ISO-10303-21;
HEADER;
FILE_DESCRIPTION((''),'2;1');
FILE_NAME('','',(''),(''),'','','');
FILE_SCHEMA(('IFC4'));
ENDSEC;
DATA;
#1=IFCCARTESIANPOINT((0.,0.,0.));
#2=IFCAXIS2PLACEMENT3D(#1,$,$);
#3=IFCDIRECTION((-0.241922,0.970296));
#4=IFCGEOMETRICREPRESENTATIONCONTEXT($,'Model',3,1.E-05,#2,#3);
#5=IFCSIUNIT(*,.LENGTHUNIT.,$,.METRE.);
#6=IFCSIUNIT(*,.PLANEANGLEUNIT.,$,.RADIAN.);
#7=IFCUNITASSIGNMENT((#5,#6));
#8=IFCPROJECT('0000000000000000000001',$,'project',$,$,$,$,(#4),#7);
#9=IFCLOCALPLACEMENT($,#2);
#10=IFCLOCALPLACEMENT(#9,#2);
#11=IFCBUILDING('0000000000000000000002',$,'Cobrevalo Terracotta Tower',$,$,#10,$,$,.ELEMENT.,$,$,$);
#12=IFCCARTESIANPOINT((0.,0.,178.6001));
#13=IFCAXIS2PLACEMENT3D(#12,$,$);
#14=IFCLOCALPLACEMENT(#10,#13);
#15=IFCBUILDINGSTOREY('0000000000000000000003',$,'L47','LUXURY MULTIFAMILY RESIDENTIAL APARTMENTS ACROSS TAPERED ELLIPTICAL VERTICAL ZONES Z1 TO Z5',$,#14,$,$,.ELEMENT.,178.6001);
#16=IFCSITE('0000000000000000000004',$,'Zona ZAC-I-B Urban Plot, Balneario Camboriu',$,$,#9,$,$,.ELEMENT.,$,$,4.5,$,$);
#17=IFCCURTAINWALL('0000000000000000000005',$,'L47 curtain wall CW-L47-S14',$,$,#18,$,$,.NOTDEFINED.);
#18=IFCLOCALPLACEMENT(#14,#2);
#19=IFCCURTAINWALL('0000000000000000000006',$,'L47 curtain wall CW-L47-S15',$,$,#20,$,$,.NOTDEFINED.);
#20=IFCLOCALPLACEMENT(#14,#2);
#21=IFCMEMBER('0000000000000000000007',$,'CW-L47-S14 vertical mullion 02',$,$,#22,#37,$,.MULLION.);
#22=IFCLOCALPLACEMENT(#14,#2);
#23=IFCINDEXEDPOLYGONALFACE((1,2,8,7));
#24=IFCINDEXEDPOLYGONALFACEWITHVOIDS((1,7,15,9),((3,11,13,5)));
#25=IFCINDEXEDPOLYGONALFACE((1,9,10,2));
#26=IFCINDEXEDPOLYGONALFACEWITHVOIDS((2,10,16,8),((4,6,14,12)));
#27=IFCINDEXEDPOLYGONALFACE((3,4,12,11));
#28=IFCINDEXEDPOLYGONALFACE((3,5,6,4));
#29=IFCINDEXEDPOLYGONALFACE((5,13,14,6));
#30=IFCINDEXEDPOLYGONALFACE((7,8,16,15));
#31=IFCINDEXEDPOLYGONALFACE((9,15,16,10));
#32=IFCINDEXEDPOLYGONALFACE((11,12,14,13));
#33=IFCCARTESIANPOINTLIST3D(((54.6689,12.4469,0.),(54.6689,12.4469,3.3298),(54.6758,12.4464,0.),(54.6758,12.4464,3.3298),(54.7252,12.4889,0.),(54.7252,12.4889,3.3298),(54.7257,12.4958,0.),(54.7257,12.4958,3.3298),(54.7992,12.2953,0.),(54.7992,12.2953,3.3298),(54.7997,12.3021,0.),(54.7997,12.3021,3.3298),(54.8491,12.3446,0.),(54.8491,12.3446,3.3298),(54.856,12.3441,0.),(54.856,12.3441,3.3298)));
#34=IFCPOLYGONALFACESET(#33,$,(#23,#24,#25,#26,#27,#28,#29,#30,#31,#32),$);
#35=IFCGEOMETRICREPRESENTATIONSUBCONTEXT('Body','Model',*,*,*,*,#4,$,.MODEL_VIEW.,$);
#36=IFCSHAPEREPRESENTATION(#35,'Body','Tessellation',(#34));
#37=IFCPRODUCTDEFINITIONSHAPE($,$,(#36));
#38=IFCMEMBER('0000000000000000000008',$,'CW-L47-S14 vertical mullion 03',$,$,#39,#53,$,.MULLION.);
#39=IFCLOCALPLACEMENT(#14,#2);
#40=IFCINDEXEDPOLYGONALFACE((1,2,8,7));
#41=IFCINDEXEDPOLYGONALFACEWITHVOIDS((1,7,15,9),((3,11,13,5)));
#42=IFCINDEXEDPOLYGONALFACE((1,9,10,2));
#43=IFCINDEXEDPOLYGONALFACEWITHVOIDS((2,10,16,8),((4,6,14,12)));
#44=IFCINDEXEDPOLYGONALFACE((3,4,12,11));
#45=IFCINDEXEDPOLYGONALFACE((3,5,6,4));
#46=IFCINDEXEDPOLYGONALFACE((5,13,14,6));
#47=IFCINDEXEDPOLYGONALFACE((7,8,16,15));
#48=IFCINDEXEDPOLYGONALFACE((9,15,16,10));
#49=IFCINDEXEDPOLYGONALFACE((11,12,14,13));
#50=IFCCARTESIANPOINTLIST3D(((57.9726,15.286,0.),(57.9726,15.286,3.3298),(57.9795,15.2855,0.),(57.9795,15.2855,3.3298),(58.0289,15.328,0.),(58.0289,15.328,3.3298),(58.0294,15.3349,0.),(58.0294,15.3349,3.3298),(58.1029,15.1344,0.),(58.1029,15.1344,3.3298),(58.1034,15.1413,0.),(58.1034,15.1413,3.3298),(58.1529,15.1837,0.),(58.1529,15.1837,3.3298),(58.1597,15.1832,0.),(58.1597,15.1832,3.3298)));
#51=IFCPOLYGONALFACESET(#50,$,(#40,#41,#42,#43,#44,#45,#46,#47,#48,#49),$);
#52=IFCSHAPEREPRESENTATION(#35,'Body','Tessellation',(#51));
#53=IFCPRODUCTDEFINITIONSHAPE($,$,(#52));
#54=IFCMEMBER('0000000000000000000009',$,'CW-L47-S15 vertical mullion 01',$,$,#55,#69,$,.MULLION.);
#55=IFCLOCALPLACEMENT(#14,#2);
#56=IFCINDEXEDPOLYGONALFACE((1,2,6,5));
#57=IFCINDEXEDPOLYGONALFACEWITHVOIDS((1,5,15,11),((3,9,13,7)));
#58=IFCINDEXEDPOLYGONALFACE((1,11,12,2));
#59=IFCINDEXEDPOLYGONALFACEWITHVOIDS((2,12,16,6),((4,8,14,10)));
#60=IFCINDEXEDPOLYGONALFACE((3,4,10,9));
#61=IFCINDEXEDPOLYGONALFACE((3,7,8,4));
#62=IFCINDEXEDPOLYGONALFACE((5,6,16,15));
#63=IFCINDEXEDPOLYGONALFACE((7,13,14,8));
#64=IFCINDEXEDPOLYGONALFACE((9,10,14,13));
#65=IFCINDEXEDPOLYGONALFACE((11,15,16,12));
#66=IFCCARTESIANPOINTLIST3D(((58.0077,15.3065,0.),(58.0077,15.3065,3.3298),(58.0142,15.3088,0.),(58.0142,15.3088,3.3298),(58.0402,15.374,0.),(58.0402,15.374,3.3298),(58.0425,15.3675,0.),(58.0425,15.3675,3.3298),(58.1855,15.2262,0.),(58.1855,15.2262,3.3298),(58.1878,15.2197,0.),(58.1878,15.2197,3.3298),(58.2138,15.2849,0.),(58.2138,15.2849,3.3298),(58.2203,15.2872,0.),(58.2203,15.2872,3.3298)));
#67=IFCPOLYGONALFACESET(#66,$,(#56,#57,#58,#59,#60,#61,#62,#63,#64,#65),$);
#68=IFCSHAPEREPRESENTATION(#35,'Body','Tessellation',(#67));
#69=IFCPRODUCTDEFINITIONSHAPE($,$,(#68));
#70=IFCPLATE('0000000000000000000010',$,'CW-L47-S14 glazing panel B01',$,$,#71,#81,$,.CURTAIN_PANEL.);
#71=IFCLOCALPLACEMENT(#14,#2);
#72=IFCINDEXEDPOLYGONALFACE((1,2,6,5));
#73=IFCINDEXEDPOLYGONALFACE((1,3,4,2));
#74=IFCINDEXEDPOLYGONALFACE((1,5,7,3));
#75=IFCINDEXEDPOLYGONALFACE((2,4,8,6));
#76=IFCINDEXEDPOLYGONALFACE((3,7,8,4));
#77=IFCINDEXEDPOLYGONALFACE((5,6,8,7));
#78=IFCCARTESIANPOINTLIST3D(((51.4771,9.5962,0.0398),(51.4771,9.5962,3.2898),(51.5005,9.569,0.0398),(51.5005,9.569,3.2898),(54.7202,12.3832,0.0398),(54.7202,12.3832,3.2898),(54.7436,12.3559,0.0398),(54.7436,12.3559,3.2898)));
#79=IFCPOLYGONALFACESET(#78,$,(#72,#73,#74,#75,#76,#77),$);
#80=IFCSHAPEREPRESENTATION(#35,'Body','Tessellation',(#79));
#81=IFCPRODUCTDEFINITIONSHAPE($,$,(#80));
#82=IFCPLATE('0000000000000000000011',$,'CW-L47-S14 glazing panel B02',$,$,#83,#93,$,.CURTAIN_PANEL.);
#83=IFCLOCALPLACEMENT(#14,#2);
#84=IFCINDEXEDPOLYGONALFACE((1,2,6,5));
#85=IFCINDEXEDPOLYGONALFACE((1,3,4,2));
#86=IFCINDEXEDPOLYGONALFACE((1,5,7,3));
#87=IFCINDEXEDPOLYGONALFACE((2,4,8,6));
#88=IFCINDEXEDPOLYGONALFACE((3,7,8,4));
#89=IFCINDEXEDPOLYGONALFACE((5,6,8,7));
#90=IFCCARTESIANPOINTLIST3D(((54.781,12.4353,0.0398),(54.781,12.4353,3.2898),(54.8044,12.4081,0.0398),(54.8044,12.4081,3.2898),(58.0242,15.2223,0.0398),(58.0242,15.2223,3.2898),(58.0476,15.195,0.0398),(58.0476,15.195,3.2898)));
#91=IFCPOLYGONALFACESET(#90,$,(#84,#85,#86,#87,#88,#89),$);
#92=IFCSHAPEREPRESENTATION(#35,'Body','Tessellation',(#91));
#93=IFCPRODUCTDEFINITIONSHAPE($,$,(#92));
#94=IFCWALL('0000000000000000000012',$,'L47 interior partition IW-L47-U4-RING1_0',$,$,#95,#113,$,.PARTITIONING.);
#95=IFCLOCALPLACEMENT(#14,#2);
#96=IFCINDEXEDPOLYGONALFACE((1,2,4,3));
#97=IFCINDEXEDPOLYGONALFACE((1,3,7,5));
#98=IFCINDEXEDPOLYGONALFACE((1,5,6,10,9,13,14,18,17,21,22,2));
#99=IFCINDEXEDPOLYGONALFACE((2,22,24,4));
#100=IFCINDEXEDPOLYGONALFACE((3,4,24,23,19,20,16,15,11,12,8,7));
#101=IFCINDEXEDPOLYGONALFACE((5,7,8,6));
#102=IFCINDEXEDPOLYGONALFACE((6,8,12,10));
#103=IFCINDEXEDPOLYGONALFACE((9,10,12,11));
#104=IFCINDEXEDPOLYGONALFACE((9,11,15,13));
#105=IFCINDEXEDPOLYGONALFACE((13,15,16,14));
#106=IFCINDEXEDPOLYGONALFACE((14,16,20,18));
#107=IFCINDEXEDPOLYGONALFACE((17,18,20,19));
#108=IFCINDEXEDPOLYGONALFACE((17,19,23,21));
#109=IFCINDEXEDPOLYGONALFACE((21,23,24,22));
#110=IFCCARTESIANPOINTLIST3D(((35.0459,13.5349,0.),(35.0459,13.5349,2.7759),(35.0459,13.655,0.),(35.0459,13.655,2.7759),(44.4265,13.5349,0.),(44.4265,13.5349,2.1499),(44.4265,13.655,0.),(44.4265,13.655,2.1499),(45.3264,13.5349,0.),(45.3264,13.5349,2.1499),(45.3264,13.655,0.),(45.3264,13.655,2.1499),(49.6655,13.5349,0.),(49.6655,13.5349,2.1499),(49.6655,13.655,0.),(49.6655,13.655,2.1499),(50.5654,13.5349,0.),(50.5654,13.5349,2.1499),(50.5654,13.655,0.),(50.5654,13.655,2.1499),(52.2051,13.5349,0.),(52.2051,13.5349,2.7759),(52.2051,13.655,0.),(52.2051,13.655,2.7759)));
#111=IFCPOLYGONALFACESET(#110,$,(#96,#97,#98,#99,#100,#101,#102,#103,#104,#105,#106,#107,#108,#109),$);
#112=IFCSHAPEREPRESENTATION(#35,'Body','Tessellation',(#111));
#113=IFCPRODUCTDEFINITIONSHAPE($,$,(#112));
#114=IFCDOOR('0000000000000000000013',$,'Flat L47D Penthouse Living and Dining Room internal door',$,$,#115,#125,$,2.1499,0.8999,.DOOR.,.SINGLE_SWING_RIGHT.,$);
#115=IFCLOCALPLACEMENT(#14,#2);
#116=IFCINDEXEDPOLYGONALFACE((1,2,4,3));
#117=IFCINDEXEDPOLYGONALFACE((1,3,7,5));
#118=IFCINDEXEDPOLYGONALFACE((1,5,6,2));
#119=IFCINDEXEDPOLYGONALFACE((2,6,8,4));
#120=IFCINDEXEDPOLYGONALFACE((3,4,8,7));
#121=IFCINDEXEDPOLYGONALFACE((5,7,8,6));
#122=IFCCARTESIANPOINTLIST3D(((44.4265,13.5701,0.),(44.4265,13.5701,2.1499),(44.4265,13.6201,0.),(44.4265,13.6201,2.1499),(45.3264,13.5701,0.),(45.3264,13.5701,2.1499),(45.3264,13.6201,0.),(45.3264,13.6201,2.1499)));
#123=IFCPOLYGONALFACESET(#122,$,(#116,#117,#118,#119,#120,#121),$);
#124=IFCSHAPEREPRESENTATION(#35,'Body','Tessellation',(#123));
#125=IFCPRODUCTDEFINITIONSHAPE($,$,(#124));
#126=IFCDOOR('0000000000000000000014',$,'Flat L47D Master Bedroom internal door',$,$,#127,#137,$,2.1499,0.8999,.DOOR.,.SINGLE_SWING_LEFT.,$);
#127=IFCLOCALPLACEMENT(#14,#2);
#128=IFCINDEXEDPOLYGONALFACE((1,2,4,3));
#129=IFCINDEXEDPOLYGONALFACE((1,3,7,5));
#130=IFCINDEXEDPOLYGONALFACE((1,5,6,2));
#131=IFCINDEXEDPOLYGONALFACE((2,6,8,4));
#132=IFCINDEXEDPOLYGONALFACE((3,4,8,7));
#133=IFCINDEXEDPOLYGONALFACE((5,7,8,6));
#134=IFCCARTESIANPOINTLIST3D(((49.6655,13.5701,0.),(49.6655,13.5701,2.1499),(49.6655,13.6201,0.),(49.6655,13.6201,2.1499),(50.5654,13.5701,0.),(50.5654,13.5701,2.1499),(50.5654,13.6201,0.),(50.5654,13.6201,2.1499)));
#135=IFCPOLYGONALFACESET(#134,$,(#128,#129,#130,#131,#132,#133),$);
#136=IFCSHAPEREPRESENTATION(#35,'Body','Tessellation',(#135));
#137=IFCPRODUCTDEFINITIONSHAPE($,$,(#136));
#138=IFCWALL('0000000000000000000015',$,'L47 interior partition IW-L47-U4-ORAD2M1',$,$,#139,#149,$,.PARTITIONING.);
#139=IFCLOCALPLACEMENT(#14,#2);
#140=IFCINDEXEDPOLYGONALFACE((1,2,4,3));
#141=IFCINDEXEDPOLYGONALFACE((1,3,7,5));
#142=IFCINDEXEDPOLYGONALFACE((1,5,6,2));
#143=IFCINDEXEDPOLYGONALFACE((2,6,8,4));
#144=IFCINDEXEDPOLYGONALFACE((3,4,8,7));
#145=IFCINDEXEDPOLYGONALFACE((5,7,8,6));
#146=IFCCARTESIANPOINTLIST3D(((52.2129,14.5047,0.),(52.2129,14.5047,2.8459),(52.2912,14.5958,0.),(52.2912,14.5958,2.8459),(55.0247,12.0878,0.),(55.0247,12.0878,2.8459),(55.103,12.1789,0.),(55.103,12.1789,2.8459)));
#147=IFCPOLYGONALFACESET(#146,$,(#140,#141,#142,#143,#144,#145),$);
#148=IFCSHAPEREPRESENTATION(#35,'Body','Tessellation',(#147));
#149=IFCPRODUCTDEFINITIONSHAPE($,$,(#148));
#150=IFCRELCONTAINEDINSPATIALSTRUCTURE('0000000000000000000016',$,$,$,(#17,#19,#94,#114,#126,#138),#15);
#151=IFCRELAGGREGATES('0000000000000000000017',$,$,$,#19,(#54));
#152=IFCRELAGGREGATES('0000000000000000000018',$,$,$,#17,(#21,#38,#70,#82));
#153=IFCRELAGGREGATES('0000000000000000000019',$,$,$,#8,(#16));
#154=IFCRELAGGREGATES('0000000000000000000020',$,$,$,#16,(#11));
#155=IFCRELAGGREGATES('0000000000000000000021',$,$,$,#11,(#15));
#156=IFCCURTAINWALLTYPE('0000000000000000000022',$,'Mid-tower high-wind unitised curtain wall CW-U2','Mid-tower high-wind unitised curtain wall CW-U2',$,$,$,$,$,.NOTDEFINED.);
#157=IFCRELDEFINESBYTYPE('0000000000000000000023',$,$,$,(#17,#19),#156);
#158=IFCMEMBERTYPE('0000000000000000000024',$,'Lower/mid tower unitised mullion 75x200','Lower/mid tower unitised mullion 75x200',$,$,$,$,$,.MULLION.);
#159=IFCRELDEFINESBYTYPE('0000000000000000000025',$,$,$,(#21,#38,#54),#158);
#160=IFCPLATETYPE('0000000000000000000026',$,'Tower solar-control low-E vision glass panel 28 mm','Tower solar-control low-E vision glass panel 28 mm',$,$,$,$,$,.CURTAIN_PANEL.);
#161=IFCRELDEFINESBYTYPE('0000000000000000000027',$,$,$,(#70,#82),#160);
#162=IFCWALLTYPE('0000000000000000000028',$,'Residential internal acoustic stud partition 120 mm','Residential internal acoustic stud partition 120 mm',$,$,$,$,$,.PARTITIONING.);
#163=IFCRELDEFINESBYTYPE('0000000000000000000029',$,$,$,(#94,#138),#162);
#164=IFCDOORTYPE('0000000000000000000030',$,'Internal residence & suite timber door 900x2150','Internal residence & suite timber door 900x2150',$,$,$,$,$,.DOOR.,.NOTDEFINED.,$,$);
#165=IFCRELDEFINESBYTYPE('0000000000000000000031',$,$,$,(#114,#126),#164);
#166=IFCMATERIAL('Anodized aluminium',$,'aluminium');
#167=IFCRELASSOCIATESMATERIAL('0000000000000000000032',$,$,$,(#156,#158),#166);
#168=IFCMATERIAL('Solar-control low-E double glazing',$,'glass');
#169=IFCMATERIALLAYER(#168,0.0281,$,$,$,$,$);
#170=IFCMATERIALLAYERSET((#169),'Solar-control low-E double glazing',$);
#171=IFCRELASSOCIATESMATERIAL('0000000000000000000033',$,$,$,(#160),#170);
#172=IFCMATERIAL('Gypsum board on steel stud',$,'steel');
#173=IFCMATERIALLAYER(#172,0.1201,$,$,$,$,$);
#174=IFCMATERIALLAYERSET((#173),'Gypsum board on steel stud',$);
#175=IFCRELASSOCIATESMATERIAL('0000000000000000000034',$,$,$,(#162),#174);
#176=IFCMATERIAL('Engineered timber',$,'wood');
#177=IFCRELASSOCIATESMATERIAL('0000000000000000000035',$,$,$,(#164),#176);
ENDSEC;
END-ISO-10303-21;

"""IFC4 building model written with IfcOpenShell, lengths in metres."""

from ifc_helpers import new_model, si_unit, direction, frame, frame_2d, origin, origin_2d, place, context, subcontext, project, spatial, rectangle, hollow_rectangle, extrude, source, transform, mapped, material, layer, layer_set, material_profile, profile_set, type_object, element, fill, aggregate, save


model = new_model("IFC4")

# Units and contexts
model_context = context("Model", 3, precision=1e-05, world=origin(), true_north=direction((-0.241922, 0.970296)))
body_context = subcontext(model_context, "Body", "Model", "MODEL_VIEW")
ifc_project = project(units=[si_unit("LENGTHUNIT", "METRE"), si_unit("PLANEANGLEUNIT", "RADIAN")], contexts=[model_context])

# Site, building, storey
site_placement = place(None, origin())
site = spatial("IfcSite", under=ifc_project, at=site_placement, Name="Zona ZAC-I-B Urban Plot, Balneario Camboriu", CompositionType="ELEMENT", RefElevation=4.5)
building_placement = place(site_placement, origin())
building = spatial("IfcBuilding", under=site, at=building_placement, Name="Cobrevalo Terracotta Tower", CompositionType="ELEMENT")
storey_placement = place(building_placement, frame((0.0, 0.0, 178.6001)))
storey = spatial("IfcBuildingStorey", under=building, at=storey_placement, Name="L47", Description="LUXURY MULTIFAMILY RESIDENTIAL APARTMENTS ACROSS TAPERED ELLIPTICAL VERTICAL ZONES Z1 TO Z5", CompositionType="ELEMENT", Elevation=178.6001)

# Curtain walls
ifc_material_1 = material(Name="Anodized aluminium", Category="aluminium")
curtain_wall_type = type_object("IfcCurtainWallType", Name="Mid-tower high-wind unitised curtain wall CW-U2", Description="Mid-tower high-wind unitised curtain wall CW-U2", PredefinedType="NOTDEFINED", material=ifc_material_1)
curtain_wall_1_placement = place(storey_placement, origin())
curtain_wall_1 = element("IfcCurtainWall", 1, at=curtain_wall_1_placement, inside=storey, type_object=curtain_wall_type, Name="L47 curtain wall CW-L47-S14", PredefinedType="NOTDEFINED")
curtain_wall_2_placement = place(storey_placement, origin())
curtain_wall_2 = element("IfcCurtainWall", 2, at=curtain_wall_2_placement, inside=storey, type_object=curtain_wall_type, Name="L47 curtain wall CW-L47-S15", PredefinedType="NOTDEFINED")

# Members
ifc_material_profile_1 = material_profile(ifc_material_1, hollow_rectangle(XDim=0.075, YDim=0.2, WallThickness=0.0049, at=origin_2d()), Name="CWM 75x200")
ifc_profile_set_1 = profile_set([ifc_material_profile_1], Name="Anodized aluminium")
member_type_1 = type_object("IfcMemberType", Name="Lower/mid tower unitised mullion 75x200", Description="Lower/mid tower unitised mullion 75x200", PredefinedType="MULLION", material=ifc_profile_set_1)
shared_shape_1 = source(origin(), body_context, "Body", "SweptSolid", [
    extrude(hollow_rectangle(XDim=0.075, YDim=0.2, WallThickness=0.0049, at=origin_2d()), origin(), (0.0, 0.0, 1.0), 3.3298),
])
member_1_placement = place(storey_placement, frame((54.7625, 12.3955, 0.0), z_axis=(0.0, 0.0, 1.0), x_axis=(0.758442, 0.651741, 0.0)))
member_1 = element("IfcMember", 3, at=member_1_placement, type_object=member_type_1, Name="CW-L47-S14 vertical mullion 02", PredefinedType="MULLION", context=body_context, shape_type="MappedRepresentation", body=[
    mapped(shared_shape_1, transform((0.0, 0.0, 0.0), scale=1.0)),
])
member_2_placement = place(storey_placement, frame((58.0662, 15.2346, 0.0), z_axis=(0.0, 0.0, 1.0), x_axis=(0.758442, 0.651741, 0.0)))
member_2 = element("IfcMember", 4, at=member_2_placement, type_object=member_type_1, Name="CW-L47-S14 vertical mullion 03", PredefinedType="MULLION", context=body_context, shape_type="MappedRepresentation", body=[
    mapped(shared_shape_1, transform((0.0, 0.0, 0.0), scale=1.0)),
])
member_3_placement = place(storey_placement, frame((58.114, 15.2969, 0.0), z_axis=(0.0, 0.0, 1.0), x_axis=(0.434209, 0.900812, 0.0)))
member_3 = element("IfcMember", 5, at=member_3_placement, type_object=member_type_1, Name="CW-L47-S15 vertical mullion 01", PredefinedType="MULLION", context=body_context, shape_type="MappedRepresentation", body=[
    mapped(shared_shape_1, transform((0.0, 0.0, 0.0), scale=1.0)),
])
aggregate(curtain_wall_2, [member_3])

# Plates
ifc_material_2 = material(Name="Solar-control low-E double glazing", Category="glass")
ifc_layer_1 = layer(ifc_material_2, 0.0281)
ifc_layer_set_1 = layer_set([ifc_layer_1], Name="Solar-control low-E double glazing")
plate_type = type_object("IfcPlateType", Name="Tower solar-control low-E vision glass panel 28 mm", Description="Tower solar-control low-E vision glass panel 28 mm", PredefinedType="CURTAIN_PANEL", material=ifc_layer_set_1)
shared_shape_2 = source(origin(), body_context, "Body", "SweptSolid", [
    extrude(rectangle(XDim=4.2761, YDim=0.0359, at=origin_2d()), origin(), (0.0, 0.0, 1.0), 3.25),
])
plate_1_placement = place(storey_placement, frame((53.1104, 10.9761, 0.0398), z_axis=(0.0, 0.0, 1.0), x_axis=(0.758437, 0.651746, 0.0)))
plate_1 = element("IfcPlate", 6, at=plate_1_placement, type_object=plate_type, Name="CW-L47-S14 glazing panel B01", PredefinedType="CURTAIN_PANEL", context=body_context, shape_type="MappedRepresentation", body=[
    mapped(shared_shape_2, transform((0.0, 0.0, 0.0), scale=1.0)),
])
plate_2_placement = place(storey_placement, frame((56.4143, 13.8152, 0.0398), z_axis=(0.0, 0.0, 1.0), x_axis=(0.758437, 0.651746, 0.0)))
plate_2 = element("IfcPlate", 7, at=plate_2_placement, type_object=plate_type, Name="CW-L47-S14 glazing panel B02", PredefinedType="CURTAIN_PANEL", context=body_context, shape_type="MappedRepresentation", body=[
    mapped(shared_shape_2, transform((0.0, 0.0, 0.0), scale=1.0)),
])
aggregate(curtain_wall_1, [member_1, member_2, plate_1, plate_2])

# Wall, openings, doors
ifc_material_3 = material(Name="Gypsum board on steel stud", Category="steel")
ifc_layer_2 = layer(ifc_material_3, 0.1201)
ifc_layer_set_2 = layer_set([ifc_layer_2], Name="Gypsum board on steel stud")
wall_type = type_object("IfcWallType", Name="Residential internal acoustic stud partition 120 mm", Description="Residential internal acoustic stud partition 120 mm", PredefinedType="PARTITIONING", material=ifc_layer_set_2)
wall_1_placement = place(storey_placement, frame((52.2051, 13.595, 0.0), z_axis=(0.0, 0.0, 1.0), x_axis=(-1.0, 0.0, 0.0)))
wall_1 = element("IfcWall", 8, at=wall_1_placement, inside=storey, type_object=wall_type, Name="L47 interior partition IW-L47-U4-RING1_0", PredefinedType="PARTITIONING", context=body_context, shape_type="SweptSolid", body=[
    extrude(rectangle(XDim=17.1592, YDim=0.1201, at=frame_2d((8.5796, 0.0))), origin(), (0.0, 0.0, 1.0), 2.7759),
])
opening_1_placement = place(wall_1_placement, frame((6.8787, 0.0, 0.0)))
opening_1 = element("IfcOpeningElement", 9, at=opening_1_placement, cuts=wall_1, PredefinedType="OPENING", context=body_context, shape_type="SweptSolid", body=[
    extrude(rectangle(XDim=0.8999, YDim=2.1499, at=frame_2d((0.45, 1.075))), frame((0.0, 0.0701, 0.0), z_axis=(0.0, -1.0, 0.0), x_axis=(1.0, 0.0, 0.0)), (0.0, 0.0, 1.0), 0.1401),
])
opening_2_placement = place(wall_1_placement, frame((1.6396, 0.0, 0.0)))
opening_2 = element("IfcOpeningElement", 10, at=opening_2_placement, cuts=wall_1, PredefinedType="OPENING", context=body_context, shape_type="SweptSolid", body=[
    extrude(rectangle(XDim=0.8999, YDim=2.1499, at=frame_2d((0.45, 1.075))), frame((0.0, 0.0701, 0.0), z_axis=(0.0, -1.0, 0.0), x_axis=(1.0, 0.0, 0.0)), (0.0, 0.0, 1.0), 0.1401),
])
ifc_material_4 = material(Name="Engineered timber", Category="wood")
door_type = type_object("IfcDoorType", Name="Internal residence & suite timber door 900x2150", Description="Internal residence & suite timber door 900x2150", OperationType="NOTDEFINED", PredefinedType="DOOR", material=ifc_material_4)
shared_shape_3 = source(origin(), body_context, "Body", "SweptSolid", [
    extrude(rectangle(XDim=0.8999, YDim=2.1499, at=frame_2d((0.45, 1.075))), frame((0.0, 0.0249, 0.0), z_axis=(0.0, -1.0, 0.0), x_axis=(1.0, 0.0, 0.0)), (0.0, 0.0, 1.0), 0.05),
])
door_1_placement = place(opening_1_placement, origin())
door_1 = element("IfcDoor", 11, at=door_1_placement, inside=storey, type_object=door_type, Name="Flat L47D Penthouse Living and Dining Room internal door", OperationType="SINGLE_SWING_RIGHT", OverallHeight=2.1499, OverallWidth=0.8999, PredefinedType="DOOR", context=body_context, shape_type="MappedRepresentation", body=[
    mapped(shared_shape_3, transform((0.0, 0.0, 0.0), scale=1.0)),
])
fill(opening_1, door_1)
door_2_placement = place(opening_2_placement, origin())
door_2 = element("IfcDoor", 12, at=door_2_placement, inside=storey, type_object=door_type, Name="Flat L47D Master Bedroom internal door", OperationType="SINGLE_SWING_LEFT", OverallHeight=2.1499, OverallWidth=0.8999, PredefinedType="DOOR", context=body_context, shape_type="MappedRepresentation", body=[
    mapped(shared_shape_3, transform((0.0, 0.0, 0.0), scale=1.0)),
])
fill(opening_2, door_2)

# Wall
wall_2_placement = place(storey_placement, frame((52.252, 14.5503, 0.0), z_axis=(0.0, 0.0, 1.0), x_axis=(0.758368, -0.651827, 0.0)))
element("IfcWall", 13, at=wall_2_placement, inside=storey, type_object=wall_type, Name="L47 interior partition IW-L47-U4-ORAD2M1", PredefinedType="PARTITIONING", context=body_context, shape_type="SweptSolid", body=[
    extrude(rectangle(XDim=3.7078, YDim=0.1201, at=frame_2d((1.854, 0.0))), origin(), (0.0, 0.0, 1.0), 2.8459),
])

save(model, "model.ifc")
